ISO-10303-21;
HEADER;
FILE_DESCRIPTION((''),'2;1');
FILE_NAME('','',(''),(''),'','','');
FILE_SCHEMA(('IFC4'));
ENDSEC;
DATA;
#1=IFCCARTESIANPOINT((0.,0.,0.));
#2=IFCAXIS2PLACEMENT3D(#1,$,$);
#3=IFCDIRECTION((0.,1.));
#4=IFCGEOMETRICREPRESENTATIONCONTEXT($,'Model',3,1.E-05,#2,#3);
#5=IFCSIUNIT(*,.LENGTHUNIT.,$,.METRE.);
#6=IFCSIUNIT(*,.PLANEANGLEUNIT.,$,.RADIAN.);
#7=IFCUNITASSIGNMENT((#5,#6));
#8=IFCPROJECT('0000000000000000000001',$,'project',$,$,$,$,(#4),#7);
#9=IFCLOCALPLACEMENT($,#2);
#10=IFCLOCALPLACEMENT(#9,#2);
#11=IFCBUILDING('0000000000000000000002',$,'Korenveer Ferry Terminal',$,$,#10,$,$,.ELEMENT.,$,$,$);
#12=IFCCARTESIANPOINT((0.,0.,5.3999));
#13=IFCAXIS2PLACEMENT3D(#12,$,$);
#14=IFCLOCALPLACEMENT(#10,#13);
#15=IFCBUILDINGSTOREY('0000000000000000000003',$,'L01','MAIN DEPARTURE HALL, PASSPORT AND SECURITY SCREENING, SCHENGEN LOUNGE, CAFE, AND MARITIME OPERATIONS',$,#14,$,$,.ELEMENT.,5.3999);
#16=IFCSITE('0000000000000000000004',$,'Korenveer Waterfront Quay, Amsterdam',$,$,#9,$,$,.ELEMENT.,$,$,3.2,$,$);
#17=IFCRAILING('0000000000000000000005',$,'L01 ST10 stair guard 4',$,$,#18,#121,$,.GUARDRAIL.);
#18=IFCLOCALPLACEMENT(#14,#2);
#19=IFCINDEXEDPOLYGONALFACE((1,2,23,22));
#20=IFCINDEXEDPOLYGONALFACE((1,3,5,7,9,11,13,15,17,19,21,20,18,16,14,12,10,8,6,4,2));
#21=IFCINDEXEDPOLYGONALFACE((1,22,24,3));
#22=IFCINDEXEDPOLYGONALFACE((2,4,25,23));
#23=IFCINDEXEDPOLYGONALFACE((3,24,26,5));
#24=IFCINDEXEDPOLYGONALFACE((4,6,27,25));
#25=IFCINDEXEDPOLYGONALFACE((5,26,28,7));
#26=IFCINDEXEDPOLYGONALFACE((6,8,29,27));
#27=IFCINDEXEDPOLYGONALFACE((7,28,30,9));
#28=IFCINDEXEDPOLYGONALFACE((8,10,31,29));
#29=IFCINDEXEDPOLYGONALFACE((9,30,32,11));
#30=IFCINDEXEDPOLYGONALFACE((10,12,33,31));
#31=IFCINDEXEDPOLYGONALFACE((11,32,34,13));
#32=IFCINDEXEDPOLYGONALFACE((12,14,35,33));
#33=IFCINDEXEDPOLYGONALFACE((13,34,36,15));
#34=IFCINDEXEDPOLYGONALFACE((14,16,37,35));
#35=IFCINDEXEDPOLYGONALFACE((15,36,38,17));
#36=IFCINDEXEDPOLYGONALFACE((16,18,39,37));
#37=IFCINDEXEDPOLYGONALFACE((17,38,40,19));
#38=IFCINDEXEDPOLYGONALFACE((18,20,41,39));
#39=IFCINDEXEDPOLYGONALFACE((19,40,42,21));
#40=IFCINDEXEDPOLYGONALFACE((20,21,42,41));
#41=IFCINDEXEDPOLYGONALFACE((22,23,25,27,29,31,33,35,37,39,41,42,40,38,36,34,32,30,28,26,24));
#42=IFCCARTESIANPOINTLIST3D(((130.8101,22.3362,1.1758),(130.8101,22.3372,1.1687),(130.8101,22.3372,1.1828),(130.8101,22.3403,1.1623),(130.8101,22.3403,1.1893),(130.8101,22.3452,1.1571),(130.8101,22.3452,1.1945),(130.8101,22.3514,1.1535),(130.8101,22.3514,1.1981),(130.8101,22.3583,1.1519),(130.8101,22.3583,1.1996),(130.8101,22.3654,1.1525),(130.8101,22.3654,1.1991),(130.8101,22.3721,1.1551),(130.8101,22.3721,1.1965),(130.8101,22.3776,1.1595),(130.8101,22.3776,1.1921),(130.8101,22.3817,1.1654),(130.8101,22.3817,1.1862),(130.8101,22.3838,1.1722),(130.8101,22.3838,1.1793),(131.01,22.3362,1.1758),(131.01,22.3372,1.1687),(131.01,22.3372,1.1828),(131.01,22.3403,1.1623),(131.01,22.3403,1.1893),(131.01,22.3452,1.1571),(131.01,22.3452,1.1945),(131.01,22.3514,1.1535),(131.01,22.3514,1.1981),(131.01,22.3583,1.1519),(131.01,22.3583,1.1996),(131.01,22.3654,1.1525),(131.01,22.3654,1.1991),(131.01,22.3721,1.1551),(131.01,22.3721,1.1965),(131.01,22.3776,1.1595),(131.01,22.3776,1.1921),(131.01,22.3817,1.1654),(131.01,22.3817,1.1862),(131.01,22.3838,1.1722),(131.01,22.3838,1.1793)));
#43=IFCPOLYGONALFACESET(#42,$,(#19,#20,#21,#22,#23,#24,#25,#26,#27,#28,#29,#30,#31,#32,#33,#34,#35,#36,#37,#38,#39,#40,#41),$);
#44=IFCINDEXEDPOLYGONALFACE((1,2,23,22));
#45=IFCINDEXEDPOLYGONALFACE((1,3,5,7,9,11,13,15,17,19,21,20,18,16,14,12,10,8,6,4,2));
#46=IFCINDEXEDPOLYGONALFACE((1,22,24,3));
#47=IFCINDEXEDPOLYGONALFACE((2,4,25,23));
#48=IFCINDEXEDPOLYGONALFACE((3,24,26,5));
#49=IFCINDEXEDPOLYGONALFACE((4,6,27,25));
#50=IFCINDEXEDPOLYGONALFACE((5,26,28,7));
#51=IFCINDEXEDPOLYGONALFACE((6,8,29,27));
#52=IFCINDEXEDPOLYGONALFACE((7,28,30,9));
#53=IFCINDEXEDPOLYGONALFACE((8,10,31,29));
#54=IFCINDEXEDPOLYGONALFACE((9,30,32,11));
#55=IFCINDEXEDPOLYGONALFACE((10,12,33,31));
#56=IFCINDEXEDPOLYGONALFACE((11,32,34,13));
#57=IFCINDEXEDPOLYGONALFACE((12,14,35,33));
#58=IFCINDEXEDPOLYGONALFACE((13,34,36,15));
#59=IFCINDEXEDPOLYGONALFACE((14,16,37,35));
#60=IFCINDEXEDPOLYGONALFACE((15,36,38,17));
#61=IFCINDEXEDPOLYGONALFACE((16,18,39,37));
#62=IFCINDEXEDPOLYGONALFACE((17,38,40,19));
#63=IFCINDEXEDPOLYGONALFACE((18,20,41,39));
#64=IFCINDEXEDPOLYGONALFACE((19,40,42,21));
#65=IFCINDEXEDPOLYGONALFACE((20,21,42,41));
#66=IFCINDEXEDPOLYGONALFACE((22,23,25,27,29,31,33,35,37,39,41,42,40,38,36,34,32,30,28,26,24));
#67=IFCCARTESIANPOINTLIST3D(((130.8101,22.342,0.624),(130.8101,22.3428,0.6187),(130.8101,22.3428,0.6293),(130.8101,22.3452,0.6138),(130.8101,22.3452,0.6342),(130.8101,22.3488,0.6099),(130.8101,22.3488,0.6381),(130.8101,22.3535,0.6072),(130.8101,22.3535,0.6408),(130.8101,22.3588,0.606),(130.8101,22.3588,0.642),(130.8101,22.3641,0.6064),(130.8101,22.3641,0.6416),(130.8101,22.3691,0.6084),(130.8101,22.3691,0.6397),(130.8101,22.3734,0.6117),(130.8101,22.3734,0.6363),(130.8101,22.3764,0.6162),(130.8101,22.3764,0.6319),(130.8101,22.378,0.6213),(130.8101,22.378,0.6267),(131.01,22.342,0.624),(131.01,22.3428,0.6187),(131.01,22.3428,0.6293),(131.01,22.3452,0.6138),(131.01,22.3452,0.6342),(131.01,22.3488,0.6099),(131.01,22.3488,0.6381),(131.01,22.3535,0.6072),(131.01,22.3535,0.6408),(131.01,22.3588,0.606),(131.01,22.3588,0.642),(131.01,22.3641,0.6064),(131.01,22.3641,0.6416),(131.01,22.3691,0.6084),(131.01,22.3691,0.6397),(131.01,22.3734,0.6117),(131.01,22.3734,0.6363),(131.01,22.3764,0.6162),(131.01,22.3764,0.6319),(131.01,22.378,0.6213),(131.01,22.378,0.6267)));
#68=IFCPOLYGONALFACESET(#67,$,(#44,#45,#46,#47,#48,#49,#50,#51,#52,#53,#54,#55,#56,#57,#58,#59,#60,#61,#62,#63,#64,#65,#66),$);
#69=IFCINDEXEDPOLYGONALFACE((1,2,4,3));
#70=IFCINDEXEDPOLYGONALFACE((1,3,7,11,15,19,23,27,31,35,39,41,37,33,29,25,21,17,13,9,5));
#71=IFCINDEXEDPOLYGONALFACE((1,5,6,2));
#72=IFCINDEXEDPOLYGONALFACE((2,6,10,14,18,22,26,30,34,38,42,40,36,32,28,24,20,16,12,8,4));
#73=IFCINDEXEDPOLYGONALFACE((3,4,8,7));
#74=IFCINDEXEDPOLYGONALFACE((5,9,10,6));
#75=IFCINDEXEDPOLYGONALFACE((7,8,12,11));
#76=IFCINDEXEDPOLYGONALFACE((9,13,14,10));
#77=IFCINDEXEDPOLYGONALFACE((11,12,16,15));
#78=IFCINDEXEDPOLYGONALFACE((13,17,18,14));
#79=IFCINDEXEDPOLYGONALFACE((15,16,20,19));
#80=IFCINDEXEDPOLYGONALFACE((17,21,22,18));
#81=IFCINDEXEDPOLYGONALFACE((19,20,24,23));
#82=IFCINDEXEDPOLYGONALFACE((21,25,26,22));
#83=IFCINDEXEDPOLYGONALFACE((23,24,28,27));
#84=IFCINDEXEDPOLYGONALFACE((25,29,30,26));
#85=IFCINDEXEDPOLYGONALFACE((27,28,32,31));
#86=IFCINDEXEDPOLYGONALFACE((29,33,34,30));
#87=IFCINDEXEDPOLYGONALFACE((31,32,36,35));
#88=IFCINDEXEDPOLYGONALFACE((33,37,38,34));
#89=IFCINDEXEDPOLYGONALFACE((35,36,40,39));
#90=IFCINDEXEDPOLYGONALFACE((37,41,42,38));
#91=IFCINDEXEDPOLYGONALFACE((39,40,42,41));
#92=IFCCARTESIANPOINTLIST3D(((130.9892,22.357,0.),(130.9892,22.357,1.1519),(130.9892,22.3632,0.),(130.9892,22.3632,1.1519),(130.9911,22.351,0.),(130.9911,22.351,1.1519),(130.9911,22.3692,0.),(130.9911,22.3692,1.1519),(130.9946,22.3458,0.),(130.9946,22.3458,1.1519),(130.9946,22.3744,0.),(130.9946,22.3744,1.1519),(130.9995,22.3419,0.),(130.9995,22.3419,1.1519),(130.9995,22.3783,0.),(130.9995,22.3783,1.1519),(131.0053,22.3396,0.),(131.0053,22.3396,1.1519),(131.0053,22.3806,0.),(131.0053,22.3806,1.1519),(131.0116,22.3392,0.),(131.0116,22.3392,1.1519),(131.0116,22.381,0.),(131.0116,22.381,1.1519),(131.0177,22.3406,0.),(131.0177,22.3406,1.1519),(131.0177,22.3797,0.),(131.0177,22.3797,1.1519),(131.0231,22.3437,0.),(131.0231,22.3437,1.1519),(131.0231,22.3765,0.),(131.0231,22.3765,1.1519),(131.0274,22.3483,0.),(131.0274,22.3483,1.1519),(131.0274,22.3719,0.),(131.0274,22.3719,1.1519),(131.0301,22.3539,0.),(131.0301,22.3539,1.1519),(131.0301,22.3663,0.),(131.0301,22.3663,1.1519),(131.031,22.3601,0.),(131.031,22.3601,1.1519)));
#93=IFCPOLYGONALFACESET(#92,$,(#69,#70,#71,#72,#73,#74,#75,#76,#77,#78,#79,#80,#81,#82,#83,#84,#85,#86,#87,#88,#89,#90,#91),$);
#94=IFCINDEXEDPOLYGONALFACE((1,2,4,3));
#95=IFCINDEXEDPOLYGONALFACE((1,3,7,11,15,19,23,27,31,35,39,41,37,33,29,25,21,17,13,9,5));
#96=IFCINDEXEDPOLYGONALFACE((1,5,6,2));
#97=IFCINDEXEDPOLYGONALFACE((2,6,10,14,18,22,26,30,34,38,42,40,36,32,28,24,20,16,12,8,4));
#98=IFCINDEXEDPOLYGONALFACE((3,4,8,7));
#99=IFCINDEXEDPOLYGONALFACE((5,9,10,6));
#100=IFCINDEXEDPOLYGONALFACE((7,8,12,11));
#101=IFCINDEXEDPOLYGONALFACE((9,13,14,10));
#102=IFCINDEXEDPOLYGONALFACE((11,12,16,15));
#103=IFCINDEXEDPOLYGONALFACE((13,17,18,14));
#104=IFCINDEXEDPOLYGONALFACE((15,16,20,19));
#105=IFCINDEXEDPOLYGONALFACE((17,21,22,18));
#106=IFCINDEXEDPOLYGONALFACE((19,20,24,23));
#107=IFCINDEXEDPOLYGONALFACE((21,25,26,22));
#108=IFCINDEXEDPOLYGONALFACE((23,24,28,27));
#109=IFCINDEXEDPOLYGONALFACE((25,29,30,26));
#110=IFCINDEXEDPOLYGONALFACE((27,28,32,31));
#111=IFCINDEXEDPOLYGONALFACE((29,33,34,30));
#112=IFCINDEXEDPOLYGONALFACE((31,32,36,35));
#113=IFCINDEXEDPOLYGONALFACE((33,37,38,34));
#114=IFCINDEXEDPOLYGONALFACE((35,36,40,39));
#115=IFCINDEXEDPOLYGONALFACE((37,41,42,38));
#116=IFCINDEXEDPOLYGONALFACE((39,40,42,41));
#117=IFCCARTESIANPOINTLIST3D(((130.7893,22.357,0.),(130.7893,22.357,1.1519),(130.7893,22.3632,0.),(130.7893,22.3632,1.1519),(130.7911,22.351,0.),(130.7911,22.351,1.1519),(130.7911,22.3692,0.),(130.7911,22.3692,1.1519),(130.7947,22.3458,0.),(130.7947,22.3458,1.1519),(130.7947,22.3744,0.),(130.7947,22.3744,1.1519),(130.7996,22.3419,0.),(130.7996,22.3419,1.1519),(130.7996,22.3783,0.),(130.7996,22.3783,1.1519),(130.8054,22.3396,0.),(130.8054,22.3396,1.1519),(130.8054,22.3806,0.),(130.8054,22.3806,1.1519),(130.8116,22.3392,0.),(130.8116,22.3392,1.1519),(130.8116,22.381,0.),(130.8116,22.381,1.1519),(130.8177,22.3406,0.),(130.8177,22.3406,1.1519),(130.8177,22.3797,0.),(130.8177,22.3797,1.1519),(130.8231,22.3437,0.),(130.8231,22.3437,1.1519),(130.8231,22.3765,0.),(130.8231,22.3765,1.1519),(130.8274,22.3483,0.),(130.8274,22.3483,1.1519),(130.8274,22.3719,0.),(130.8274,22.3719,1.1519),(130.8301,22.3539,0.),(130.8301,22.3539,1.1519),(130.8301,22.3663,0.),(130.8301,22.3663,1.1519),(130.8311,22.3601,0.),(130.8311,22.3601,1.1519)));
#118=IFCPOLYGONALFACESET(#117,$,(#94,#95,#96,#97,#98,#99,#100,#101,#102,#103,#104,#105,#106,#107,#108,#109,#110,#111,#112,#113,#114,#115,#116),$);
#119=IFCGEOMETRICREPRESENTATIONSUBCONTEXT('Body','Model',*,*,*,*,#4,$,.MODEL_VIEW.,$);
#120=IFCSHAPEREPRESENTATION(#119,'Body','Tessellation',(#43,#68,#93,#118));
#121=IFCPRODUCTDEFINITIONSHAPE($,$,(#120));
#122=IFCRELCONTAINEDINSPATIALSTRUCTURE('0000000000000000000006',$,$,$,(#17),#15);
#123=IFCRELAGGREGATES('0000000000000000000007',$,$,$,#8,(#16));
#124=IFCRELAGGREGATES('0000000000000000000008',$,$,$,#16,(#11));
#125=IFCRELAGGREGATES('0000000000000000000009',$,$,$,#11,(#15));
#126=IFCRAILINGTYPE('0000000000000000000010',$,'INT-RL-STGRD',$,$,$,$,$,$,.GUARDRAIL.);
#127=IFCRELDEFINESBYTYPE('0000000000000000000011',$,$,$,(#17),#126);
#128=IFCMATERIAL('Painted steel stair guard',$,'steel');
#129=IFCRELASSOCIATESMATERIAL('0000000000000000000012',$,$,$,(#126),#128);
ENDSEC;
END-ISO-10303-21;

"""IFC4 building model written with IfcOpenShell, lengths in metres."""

from ifc_helpers import new_model, si_unit, direction, frame, origin, origin_2d, place, context, subcontext, project, spatial, circle, extrude, material, type_object, element, save


model = new_model("IFC4")

# Units and contexts
model_context = context("Model", 3, precision=1e-05, world=origin(), true_north=direction((0.0, 1.0)))
body_context = subcontext(model_context, "Body", "Model", "MODEL_VIEW")
ifc_project = project(units=[si_unit("LENGTHUNIT", "METRE"), si_unit("PLANEANGLEUNIT", "RADIAN")], contexts=[model_context])

# Site, building, storey
site_placement = place(None, origin())
site = spatial("IfcSite", under=ifc_project, at=site_placement, Name="Korenveer Waterfront Quay, Amsterdam", CompositionType="ELEMENT", RefElevation=3.2)
building_placement = place(site_placement, origin())
building = spatial("IfcBuilding", under=site, at=building_placement, Name="Korenveer Ferry Terminal", CompositionType="ELEMENT")
storey_placement = place(building_placement, frame((0.0, 0.0, 5.3999)))
storey = spatial("IfcBuildingStorey", under=building, at=storey_placement, Name="L01", Description="MAIN DEPARTURE HALL, PASSPORT AND SECURITY SCREENING, SCHENGEN LOUNGE, CAFE, AND MARITIME OPERATIONS", CompositionType="ELEMENT", Elevation=5.3999)

# Railing
ifc_material_1 = material(Name="Painted steel stair guard", Category="steel")
railing_type_1 = type_object("IfcRailingType", Name="INT-RL-STGRD", PredefinedType="GUARDRAIL", material=ifc_material_1)
railing_1_placement = place(storey_placement, frame((131.01, 22.3601, 0.0)))
element("IfcRailing", 1, at=railing_1_placement, inside=storey, type_object=railing_type_1, Name="L01 ST10 stair guard 4", PredefinedType="GUARDRAIL", context=body_context, shape_type="SweptSolid", body=[
    extrude(circle(Radius=0.0239, at=origin_2d()), frame((0.0, 0.0, 1.1758), z_axis=(-1.0, 0.0, 0.0), x_axis=(0.0, -1.0, 0.0)), (0.0, 0.0, 1.0), 0.2),
    extrude(circle(Radius=0.0181, at=origin_2d()), frame((0.0, 0.0, 0.624), z_axis=(-1.0, 0.0, 0.0), x_axis=(0.0, -1.0, 0.0)), (0.0, 0.0, 1.0), 0.2),
    extrude(circle(Radius=0.021, at=origin_2d()), origin(), (0.0, 0.0, 1.0), 1.1519),
    extrude(circle(Radius=0.021, at=origin_2d()), frame((-0.2, 0.0, 0.0)), (0.0, 0.0, 1.0), 1.1519),
])

save(model, "model.ifc")
